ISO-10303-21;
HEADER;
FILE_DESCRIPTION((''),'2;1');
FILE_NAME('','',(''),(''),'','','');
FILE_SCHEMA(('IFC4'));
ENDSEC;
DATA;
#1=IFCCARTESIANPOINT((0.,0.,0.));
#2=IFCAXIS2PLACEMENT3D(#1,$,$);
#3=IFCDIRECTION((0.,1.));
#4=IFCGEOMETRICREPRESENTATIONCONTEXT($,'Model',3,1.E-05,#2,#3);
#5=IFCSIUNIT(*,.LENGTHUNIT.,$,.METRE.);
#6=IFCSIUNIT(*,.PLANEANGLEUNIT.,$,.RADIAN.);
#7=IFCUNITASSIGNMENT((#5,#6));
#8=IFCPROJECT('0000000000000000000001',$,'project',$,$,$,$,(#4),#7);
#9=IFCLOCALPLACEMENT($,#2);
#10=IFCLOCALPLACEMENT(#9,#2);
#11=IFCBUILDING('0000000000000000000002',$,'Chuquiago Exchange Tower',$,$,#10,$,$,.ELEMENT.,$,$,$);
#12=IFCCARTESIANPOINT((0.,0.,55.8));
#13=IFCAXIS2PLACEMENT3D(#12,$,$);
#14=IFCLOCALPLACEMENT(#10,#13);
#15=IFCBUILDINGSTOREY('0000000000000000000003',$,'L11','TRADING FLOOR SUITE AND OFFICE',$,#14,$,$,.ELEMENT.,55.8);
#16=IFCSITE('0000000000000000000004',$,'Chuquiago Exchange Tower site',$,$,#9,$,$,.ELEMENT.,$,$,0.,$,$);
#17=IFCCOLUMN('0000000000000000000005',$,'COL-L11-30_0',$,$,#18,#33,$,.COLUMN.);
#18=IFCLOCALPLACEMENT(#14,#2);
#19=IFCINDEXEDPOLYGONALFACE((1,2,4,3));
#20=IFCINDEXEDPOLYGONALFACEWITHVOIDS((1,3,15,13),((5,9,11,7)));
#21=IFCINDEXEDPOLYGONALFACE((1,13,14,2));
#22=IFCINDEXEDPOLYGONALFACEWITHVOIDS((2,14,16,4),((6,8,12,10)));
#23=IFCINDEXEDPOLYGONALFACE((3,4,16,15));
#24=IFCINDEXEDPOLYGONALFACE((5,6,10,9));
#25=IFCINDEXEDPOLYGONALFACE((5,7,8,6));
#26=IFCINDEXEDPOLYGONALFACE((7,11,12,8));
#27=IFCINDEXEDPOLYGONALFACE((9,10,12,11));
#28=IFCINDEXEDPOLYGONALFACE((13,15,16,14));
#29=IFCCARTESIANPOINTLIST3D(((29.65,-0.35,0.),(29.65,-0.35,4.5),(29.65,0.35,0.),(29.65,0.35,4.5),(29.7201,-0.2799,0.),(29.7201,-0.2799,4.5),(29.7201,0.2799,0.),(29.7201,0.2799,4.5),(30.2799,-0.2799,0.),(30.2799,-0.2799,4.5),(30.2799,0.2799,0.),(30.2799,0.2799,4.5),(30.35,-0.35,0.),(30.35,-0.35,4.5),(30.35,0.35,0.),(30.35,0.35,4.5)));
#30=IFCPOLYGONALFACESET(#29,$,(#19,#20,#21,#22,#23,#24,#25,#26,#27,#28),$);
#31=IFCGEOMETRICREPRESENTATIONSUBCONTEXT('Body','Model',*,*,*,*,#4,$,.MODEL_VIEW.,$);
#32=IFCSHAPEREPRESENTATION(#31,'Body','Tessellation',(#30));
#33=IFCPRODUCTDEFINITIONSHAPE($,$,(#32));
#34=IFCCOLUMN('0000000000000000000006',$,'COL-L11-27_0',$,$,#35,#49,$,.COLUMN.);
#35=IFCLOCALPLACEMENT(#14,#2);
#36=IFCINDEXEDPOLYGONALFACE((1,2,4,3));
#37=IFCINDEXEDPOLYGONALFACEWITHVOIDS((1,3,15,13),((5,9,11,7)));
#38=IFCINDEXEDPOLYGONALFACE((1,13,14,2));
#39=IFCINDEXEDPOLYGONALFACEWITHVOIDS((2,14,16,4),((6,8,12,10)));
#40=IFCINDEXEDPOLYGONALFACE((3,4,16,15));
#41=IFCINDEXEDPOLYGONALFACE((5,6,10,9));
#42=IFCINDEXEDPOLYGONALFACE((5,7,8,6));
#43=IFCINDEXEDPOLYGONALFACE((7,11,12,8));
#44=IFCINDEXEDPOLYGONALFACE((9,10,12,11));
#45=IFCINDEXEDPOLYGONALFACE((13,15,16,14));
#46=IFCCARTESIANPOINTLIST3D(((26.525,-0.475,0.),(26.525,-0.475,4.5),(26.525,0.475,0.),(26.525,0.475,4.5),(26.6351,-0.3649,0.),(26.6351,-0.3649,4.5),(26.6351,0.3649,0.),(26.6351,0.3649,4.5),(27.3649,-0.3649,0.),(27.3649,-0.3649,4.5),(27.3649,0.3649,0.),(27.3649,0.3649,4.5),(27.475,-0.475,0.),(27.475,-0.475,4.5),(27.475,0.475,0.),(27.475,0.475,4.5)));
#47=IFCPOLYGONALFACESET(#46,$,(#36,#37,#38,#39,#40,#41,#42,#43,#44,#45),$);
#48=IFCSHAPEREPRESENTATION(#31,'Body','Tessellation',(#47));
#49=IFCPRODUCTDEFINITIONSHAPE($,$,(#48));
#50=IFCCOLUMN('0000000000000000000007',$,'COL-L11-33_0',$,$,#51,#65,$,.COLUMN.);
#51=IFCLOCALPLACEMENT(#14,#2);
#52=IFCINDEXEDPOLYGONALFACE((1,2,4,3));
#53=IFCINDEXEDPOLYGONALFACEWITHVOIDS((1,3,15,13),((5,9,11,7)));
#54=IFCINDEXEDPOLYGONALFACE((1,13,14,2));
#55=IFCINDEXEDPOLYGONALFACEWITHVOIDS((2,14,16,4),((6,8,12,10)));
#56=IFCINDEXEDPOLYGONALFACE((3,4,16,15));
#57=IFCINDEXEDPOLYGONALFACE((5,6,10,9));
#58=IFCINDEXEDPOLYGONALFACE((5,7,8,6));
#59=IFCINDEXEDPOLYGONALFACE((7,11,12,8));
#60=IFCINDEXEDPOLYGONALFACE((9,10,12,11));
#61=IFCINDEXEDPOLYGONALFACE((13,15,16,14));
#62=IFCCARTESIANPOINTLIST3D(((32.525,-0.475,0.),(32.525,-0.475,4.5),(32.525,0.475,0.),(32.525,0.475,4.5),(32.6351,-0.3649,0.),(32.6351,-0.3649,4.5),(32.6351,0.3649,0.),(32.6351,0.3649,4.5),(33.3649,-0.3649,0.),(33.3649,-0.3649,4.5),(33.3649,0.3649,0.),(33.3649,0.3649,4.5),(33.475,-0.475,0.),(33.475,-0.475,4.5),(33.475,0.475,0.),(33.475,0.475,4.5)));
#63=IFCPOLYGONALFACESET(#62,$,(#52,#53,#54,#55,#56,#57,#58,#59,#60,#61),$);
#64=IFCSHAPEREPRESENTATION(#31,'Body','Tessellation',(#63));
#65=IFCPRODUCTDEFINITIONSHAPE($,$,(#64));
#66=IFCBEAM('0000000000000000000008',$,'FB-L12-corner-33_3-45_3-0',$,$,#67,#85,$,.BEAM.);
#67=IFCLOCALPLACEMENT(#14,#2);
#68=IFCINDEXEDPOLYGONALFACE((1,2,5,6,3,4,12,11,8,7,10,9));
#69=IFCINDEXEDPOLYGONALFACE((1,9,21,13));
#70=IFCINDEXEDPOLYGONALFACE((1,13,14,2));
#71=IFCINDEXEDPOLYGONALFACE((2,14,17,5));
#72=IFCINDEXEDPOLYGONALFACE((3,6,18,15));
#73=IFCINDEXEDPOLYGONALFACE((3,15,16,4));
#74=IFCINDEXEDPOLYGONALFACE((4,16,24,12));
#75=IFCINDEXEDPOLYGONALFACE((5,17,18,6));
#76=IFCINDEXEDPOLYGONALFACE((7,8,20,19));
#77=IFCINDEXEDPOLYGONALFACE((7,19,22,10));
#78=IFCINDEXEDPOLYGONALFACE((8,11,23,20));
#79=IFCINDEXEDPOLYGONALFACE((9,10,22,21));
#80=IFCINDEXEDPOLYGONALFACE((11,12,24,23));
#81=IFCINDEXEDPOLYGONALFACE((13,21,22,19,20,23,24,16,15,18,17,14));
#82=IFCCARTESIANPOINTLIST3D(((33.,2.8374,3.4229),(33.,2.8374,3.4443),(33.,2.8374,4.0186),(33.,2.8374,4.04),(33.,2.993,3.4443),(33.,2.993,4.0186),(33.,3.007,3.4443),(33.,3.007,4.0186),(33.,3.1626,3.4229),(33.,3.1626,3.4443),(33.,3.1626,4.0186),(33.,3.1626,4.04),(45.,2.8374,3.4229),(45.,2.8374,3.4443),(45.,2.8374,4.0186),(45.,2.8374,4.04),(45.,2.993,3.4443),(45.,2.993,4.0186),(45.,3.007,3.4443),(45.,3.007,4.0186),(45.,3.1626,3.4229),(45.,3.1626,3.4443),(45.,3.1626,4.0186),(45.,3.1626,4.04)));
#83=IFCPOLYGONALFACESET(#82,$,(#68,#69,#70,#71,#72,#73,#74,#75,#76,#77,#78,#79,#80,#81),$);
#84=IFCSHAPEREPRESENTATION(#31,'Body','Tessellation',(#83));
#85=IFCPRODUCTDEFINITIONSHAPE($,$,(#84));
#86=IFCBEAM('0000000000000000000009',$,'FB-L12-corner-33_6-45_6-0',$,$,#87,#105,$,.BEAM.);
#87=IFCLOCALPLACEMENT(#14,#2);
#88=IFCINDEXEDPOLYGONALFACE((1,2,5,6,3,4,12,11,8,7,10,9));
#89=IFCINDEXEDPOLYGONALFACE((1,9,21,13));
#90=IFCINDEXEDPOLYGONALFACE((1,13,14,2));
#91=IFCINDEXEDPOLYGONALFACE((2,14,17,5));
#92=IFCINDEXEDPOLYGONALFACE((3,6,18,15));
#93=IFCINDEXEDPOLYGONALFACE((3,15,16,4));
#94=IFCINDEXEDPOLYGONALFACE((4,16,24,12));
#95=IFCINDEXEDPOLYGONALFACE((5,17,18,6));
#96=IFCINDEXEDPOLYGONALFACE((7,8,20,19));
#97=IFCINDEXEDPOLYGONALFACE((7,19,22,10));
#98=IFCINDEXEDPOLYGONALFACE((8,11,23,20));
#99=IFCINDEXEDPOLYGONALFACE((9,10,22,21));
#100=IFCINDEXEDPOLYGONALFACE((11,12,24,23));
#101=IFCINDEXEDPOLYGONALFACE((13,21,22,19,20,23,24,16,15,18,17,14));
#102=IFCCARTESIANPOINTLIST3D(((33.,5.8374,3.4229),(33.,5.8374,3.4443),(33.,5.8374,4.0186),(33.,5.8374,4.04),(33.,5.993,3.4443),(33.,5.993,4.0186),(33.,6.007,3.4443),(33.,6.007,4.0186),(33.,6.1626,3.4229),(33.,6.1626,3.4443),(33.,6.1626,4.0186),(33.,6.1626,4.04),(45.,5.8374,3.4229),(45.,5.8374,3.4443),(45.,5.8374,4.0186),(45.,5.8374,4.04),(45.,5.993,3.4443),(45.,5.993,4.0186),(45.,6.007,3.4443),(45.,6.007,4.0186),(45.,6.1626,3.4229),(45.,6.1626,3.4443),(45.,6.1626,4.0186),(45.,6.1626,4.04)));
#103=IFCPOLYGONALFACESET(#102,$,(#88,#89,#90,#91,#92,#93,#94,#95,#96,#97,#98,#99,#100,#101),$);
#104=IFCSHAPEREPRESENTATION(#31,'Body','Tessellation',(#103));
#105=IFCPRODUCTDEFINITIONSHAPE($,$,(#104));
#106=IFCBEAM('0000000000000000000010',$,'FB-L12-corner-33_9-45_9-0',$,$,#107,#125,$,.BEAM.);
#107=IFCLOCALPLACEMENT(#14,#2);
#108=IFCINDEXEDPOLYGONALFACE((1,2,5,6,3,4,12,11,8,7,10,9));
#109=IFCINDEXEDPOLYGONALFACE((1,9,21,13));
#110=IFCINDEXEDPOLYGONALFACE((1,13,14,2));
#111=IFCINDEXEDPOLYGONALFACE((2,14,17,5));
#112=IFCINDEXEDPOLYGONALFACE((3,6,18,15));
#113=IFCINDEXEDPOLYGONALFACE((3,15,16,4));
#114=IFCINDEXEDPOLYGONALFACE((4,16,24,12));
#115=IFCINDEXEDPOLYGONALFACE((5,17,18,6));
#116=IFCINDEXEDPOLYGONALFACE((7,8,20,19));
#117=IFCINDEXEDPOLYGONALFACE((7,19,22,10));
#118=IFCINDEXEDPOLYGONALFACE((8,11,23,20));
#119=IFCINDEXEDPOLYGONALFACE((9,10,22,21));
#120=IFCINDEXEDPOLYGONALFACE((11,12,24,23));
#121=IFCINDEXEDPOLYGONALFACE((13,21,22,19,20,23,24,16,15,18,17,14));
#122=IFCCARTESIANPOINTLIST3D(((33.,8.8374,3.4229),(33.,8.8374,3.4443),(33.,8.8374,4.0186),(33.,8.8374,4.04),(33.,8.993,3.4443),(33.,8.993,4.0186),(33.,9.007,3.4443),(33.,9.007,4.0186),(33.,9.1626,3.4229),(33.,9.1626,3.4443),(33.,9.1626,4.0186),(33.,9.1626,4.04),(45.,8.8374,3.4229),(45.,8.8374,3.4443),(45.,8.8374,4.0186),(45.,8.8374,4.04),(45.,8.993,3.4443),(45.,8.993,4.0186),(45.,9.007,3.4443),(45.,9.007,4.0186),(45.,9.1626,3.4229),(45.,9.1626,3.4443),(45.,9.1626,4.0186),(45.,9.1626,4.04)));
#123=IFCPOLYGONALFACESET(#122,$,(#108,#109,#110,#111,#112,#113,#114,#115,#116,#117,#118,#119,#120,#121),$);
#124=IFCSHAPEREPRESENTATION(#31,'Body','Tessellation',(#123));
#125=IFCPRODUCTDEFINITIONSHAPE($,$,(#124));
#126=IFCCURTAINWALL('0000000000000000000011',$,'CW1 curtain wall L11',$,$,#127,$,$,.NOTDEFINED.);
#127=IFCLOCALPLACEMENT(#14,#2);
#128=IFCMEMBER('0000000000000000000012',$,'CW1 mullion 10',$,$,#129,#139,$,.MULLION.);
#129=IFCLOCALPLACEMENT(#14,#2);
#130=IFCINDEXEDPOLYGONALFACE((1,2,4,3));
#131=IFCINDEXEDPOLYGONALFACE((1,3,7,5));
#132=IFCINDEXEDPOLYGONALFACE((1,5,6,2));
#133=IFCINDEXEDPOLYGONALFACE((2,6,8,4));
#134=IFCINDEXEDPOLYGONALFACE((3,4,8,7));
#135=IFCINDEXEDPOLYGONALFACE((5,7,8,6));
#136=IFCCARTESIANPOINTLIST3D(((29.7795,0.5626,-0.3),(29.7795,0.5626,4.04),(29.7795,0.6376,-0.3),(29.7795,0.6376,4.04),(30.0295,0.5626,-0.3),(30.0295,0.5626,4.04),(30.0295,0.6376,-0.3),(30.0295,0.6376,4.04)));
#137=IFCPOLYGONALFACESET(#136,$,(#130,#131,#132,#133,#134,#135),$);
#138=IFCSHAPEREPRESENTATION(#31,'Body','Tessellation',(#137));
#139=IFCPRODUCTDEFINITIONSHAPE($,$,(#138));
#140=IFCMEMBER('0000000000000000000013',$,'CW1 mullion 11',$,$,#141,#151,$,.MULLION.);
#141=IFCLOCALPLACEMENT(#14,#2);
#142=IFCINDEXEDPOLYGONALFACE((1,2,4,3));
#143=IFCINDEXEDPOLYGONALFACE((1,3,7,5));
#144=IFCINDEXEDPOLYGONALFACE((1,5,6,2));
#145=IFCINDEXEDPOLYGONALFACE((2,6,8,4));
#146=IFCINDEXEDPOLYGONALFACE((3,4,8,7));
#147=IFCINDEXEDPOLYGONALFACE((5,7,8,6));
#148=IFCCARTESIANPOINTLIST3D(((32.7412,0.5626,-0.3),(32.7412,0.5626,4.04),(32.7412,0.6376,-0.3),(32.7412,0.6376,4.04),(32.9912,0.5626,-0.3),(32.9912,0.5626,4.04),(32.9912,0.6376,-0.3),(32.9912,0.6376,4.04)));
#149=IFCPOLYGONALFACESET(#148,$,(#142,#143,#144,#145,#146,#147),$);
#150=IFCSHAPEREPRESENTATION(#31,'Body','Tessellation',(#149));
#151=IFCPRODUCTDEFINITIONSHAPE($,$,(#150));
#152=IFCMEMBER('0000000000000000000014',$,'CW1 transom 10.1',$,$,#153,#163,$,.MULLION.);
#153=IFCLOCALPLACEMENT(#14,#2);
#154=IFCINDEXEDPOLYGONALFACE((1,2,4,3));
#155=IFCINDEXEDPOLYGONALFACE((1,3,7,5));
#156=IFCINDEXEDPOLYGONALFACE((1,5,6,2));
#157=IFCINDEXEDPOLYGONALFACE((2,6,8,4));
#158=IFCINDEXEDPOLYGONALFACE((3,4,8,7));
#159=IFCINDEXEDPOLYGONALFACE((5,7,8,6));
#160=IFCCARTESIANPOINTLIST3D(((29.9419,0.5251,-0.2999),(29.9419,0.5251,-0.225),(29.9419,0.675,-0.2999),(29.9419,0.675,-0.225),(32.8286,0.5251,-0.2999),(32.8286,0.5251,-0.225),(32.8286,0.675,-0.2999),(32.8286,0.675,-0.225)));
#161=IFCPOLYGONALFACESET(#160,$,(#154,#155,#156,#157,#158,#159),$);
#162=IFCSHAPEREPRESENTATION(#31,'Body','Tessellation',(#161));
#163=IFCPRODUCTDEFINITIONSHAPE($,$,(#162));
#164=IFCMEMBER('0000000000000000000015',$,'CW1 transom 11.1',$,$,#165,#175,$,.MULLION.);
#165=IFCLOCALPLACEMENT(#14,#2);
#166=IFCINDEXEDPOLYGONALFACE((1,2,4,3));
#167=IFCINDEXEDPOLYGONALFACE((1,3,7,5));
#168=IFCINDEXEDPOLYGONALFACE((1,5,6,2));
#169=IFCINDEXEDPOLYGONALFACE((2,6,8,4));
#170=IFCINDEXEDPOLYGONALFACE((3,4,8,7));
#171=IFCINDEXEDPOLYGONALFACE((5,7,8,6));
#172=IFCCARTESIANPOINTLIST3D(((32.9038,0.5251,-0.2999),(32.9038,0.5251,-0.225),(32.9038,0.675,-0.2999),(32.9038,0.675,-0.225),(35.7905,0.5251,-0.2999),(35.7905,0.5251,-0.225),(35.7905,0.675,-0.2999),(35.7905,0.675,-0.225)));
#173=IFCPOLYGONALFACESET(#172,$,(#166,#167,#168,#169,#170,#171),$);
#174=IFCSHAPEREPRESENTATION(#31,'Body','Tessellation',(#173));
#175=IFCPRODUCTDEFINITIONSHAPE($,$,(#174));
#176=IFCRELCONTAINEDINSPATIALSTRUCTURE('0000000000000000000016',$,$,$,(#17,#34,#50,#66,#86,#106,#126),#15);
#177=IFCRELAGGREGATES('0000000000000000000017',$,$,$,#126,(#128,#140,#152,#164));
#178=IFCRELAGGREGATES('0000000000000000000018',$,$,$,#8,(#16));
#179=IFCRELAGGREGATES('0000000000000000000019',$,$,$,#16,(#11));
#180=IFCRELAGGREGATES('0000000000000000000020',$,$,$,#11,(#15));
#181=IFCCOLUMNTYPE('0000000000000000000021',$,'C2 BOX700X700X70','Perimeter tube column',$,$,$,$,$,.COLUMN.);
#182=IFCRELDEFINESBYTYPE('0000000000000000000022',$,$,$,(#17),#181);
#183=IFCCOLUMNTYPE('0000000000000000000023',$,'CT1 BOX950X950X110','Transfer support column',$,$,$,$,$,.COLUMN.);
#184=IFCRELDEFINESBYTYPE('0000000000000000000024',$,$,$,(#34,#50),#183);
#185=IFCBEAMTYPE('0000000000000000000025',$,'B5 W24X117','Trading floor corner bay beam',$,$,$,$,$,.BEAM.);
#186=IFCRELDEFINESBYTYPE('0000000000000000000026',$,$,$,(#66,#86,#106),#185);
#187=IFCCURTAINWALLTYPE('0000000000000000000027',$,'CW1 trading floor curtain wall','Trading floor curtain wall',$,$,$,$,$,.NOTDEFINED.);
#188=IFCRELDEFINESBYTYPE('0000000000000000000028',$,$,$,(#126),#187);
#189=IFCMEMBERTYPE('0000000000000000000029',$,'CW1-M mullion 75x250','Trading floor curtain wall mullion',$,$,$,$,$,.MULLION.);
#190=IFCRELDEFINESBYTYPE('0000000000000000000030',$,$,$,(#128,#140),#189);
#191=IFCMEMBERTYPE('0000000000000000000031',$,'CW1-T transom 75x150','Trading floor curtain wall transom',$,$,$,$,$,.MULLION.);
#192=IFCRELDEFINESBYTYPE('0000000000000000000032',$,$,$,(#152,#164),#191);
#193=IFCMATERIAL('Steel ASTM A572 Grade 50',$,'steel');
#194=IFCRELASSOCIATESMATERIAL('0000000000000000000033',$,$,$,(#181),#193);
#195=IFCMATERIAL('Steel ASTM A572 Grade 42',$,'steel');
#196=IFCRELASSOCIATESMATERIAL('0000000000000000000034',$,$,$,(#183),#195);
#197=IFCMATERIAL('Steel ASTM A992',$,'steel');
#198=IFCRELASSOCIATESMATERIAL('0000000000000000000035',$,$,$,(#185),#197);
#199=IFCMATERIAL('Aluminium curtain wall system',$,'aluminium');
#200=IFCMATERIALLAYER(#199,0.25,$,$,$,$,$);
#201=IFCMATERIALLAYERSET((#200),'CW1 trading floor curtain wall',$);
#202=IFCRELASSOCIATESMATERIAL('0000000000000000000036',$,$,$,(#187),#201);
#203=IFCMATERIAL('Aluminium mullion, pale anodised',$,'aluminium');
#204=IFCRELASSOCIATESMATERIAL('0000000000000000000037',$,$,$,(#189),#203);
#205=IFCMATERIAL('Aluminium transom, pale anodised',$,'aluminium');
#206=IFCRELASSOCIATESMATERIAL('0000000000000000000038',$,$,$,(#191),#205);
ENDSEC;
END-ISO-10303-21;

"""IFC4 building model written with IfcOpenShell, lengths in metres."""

from ifc_helpers import new_model, si_unit, direction, frame, origin, origin_2d, place, context, subcontext, project, spatial, rectangle, hollow_rectangle, i_section, extrude, material, layer, layer_set, material_profile, profile_set, type_object, element, aggregate, save


model = new_model("IFC4")

# Units and contexts
model_context = context("Model", 3, precision=1e-05, world=origin(), true_north=direction((0.0, 1.0)))
body_context = subcontext(model_context, "Body", "Model", "MODEL_VIEW")
ifc_project = project(units=[si_unit("LENGTHUNIT", "METRE"), si_unit("PLANEANGLEUNIT", "RADIAN")], contexts=[model_context])

# Site, building, storey
site_placement = place(None, origin())
site = spatial("IfcSite", under=ifc_project, at=site_placement, Name="Chuquiago Exchange Tower site", CompositionType="ELEMENT", RefElevation=0.0)
building_placement = place(site_placement, origin())
building = spatial("IfcBuilding", under=site, at=building_placement, Name="Chuquiago Exchange Tower", CompositionType="ELEMENT")
storey_placement = place(building_placement, frame((0.0, 0.0, 55.8)))
storey = spatial("IfcBuildingStorey", under=building, at=storey_placement, Name="L11", Description="TRADING FLOOR SUITE AND OFFICE", CompositionType="ELEMENT", Elevation=55.8)

# Columns
ifc_material_1 = material(Name="Steel ASTM A572 Grade 50", Category="steel")
ifc_material_profile_1 = material_profile(ifc_material_1, hollow_rectangle(XDim=0.7, YDim=0.7, WallThickness=0.0701, at=origin_2d()), Name="BOX700X700X70")
ifc_profile_set_1 = profile_set([ifc_material_profile_1], Name="Steel ASTM A572 Grade 50")
column_type_1 = type_object("IfcColumnType", Name="C2 BOX700X700X70", Description="Perimeter tube column", PredefinedType="COLUMN", material=ifc_profile_set_1)
column_placement = place(storey_placement, frame((30.0, 0.0, 0.0), z_axis=(0.0, 0.0, 1.0), x_axis=(0.0, -1.0, 0.0)))
element("IfcColumn", 1, at=column_placement, inside=storey, type_object=column_type_1, Name="COL-L11-30_0", PredefinedType="COLUMN", context=body_context, shape_type="SweptSolid", body=[
    extrude(hollow_rectangle(XDim=0.7, YDim=0.7, WallThickness=0.0701, at=origin_2d()), origin(), (0.0, 0.0, 1.0), 4.5),
])
ifc_material_2 = material(Name="Steel ASTM A572 Grade 42", Category="steel")
ifc_material_profile_2 = material_profile(ifc_material_2, hollow_rectangle(XDim=0.95, YDim=0.95, WallThickness=0.1101, at=origin_2d()), Name="BOX950X950X110")
ifc_profile_set_2 = profile_set([ifc_material_profile_2], Name="Steel ASTM A572 Grade 42")
column_type_2 = type_object("IfcColumnType", Name="CT1 BOX950X950X110", Description="Transfer support column", PredefinedType="COLUMN", material=ifc_profile_set_2)
for number, where, z_axis, x_axis, name in (
    (2, (27.0, 0.0, 0.0), (0.0, 0.0, 1.0), (0.0, -1.0, 0.0), "COL-L11-27_0"),
    (3, (33.0, 0.0, 0.0), (0.0, 0.0, 1.0), (0.0, -1.0, 0.0), "COL-L11-33_0"),
):
    element("IfcColumn", number, at=place(storey_placement, frame(where, z_axis=z_axis, x_axis=x_axis)), inside=storey, type_object=column_type_2, Name=name, PredefinedType="COLUMN", context=body_context, shape_type="SweptSolid", body=[
        extrude(hollow_rectangle(XDim=0.95, YDim=0.95, WallThickness=0.1101, at=origin_2d()), origin(), (0.0, 0.0, 1.0), 4.5),
    ])

# Beams
ifc_material_3 = material(Name="Steel ASTM A992", Category="steel")
ifc_material_profile_3 = material_profile(ifc_material_3, i_section(OverallWidth=0.3252, OverallDepth=0.6172, WebThickness=0.0139, FlangeThickness=0.0215, at=origin_2d()), Name="W24X117")
ifc_profile_set_3 = profile_set([ifc_material_profile_3], Name="Steel ASTM A992")
beam_type_1 = type_object("IfcBeamType", Name="B5 W24X117", Description="Trading floor corner bay beam", PredefinedType="BEAM", material=ifc_profile_set_3)
for number, where, z_axis, x_axis, name in (
    (4, (33.0, 3.0, 3.7314), (1.0, 0.0, 0.0), (0.0, 1.0, 0.0), "FB-L12-corner-33_3-45_3-0"),
    (5, (33.0, 6.0, 3.7314), (1.0, 0.0, 0.0), (0.0, 1.0, 0.0), "FB-L12-corner-33_6-45_6-0"),
    (6, (33.0, 9.0, 3.7314), (1.0, 0.0, 0.0), (0.0, 1.0, 0.0), "FB-L12-corner-33_9-45_9-0"),
):
    element("IfcBeam", number, at=place(storey_placement, frame(where, z_axis=z_axis, x_axis=x_axis)), inside=storey, type_object=beam_type_1, Name=name, PredefinedType="BEAM", context=body_context, shape_type="SweptSolid", body=[
        extrude(i_section(OverallWidth=0.3252, OverallDepth=0.6172, WebThickness=0.0139, FlangeThickness=0.0215, at=origin_2d()), origin(), (0.0, 0.0, 1.0), 12.0),
    ])

# Curtain wall, members
ifc_material_4 = material(Name="Aluminium curtain wall system", Category="aluminium")
ifc_layer_1 = layer(ifc_material_4, 0.25)
ifc_layer_set_1 = layer_set([ifc_layer_1], Name="CW1 trading floor curtain wall")
curtain_wall_type = type_object("IfcCurtainWallType", Name="CW1 trading floor curtain wall", Description="Trading floor curtain wall", PredefinedType="NOTDEFINED", material=ifc_layer_set_1)
curtain_wall_placement = place(storey_placement, origin())
curtain_wall = element("IfcCurtainWall", 7, at=curtain_wall_placement, inside=storey, type_object=curtain_wall_type, Name="CW1 curtain wall L11", PredefinedType="NOTDEFINED")
ifc_material_5 = material(Name="Aluminium mullion, pale anodised", Category="aluminium")
ifc_material_profile_4 = material_profile(ifc_material_5, rectangle(XDim=0.075, YDim=0.25, at=origin_2d()), Name="AL 75x250")
ifc_profile_set_4 = profile_set([ifc_material_profile_4], Name="Aluminium mullion, pale anodised")
member_type_1 = type_object("IfcMemberType", Name="CW1-M mullion 75x250", Description="Trading floor curtain wall mullion", PredefinedType="MULLION", material=ifc_profile_set_4)
member_1_placement = place(storey_placement, frame((29.9045, 0.6001, -0.3), z_axis=(0.0, 0.0, 1.0), x_axis=(0.0, 1.0, 0.0)))
member_1 = element("IfcMember", 8, at=member_1_placement, type_object=member_type_1, Name="CW1 mullion 10", PredefinedType="MULLION", context=body_context, shape_type="SweptSolid", body=[
    extrude(rectangle(XDim=0.075, YDim=0.25, at=origin_2d()), origin(), (0.0, 0.0, 1.0), 4.3401),
])
member_2_placement = place(storey_placement, frame((32.8662, 0.6001, -0.3), z_axis=(0.0, 0.0, 1.0), x_axis=(0.0, 1.0, 0.0)))
member_2 = element("IfcMember", 9, at=member_2_placement, type_object=member_type_1, Name="CW1 mullion 11", PredefinedType="MULLION", context=body_context, shape_type="SweptSolid", body=[
    extrude(rectangle(XDim=0.075, YDim=0.25, at=origin_2d()), origin(), (0.0, 0.0, 1.0), 4.3401),
])
ifc_material_6 = material(Name="Aluminium transom, pale anodised", Category="aluminium")
ifc_material_profile_5 = material_profile(ifc_material_6, rectangle(XDim=0.1499, YDim=0.075, at=origin_2d()), Name="AL 150x75")
ifc_profile_set_5 = profile_set([ifc_material_profile_5], Name="Aluminium transom, pale anodised")
member_type_2 = type_object("IfcMemberType", Name="CW1-T transom 75x150", Description="Trading floor curtain wall transom", PredefinedType="MULLION", material=ifc_profile_set_5)
member_3_placement = place(storey_placement, frame((29.9419, 0.6001, -0.2625), z_axis=(1.0, 0.0, 0.0), x_axis=(0.0, 1.0, 0.0)))
member_3 = element("IfcMember", 10, at=member_3_placement, type_object=member_type_2, Name="CW1 transom 10.1", PredefinedType="MULLION", context=body_context, shape_type="SweptSolid", body=[
    extrude(rectangle(XDim=0.1499, YDim=0.075, at=origin_2d()), origin(), (0.0, 0.0, 1.0), 2.8867),
])
member_4_placement = place(storey_placement, frame((32.9038, 0.6001, -0.2625), z_axis=(1.0, 0.0, 0.0), x_axis=(0.0, 1.0, 0.0)))
member_4 = element("IfcMember", 11, at=member_4_placement, type_object=member_type_2, Name="CW1 transom 11.1", PredefinedType="MULLION", context=body_context, shape_type="SweptSolid", body=[
    extrude(rectangle(XDim=0.1499, YDim=0.075, at=origin_2d()), origin(), (0.0, 0.0, 1.0), 2.8867),
])

aggregate(curtain_wall, [member_1, member_2, member_3, member_4])

save(model, "model.ifc")
